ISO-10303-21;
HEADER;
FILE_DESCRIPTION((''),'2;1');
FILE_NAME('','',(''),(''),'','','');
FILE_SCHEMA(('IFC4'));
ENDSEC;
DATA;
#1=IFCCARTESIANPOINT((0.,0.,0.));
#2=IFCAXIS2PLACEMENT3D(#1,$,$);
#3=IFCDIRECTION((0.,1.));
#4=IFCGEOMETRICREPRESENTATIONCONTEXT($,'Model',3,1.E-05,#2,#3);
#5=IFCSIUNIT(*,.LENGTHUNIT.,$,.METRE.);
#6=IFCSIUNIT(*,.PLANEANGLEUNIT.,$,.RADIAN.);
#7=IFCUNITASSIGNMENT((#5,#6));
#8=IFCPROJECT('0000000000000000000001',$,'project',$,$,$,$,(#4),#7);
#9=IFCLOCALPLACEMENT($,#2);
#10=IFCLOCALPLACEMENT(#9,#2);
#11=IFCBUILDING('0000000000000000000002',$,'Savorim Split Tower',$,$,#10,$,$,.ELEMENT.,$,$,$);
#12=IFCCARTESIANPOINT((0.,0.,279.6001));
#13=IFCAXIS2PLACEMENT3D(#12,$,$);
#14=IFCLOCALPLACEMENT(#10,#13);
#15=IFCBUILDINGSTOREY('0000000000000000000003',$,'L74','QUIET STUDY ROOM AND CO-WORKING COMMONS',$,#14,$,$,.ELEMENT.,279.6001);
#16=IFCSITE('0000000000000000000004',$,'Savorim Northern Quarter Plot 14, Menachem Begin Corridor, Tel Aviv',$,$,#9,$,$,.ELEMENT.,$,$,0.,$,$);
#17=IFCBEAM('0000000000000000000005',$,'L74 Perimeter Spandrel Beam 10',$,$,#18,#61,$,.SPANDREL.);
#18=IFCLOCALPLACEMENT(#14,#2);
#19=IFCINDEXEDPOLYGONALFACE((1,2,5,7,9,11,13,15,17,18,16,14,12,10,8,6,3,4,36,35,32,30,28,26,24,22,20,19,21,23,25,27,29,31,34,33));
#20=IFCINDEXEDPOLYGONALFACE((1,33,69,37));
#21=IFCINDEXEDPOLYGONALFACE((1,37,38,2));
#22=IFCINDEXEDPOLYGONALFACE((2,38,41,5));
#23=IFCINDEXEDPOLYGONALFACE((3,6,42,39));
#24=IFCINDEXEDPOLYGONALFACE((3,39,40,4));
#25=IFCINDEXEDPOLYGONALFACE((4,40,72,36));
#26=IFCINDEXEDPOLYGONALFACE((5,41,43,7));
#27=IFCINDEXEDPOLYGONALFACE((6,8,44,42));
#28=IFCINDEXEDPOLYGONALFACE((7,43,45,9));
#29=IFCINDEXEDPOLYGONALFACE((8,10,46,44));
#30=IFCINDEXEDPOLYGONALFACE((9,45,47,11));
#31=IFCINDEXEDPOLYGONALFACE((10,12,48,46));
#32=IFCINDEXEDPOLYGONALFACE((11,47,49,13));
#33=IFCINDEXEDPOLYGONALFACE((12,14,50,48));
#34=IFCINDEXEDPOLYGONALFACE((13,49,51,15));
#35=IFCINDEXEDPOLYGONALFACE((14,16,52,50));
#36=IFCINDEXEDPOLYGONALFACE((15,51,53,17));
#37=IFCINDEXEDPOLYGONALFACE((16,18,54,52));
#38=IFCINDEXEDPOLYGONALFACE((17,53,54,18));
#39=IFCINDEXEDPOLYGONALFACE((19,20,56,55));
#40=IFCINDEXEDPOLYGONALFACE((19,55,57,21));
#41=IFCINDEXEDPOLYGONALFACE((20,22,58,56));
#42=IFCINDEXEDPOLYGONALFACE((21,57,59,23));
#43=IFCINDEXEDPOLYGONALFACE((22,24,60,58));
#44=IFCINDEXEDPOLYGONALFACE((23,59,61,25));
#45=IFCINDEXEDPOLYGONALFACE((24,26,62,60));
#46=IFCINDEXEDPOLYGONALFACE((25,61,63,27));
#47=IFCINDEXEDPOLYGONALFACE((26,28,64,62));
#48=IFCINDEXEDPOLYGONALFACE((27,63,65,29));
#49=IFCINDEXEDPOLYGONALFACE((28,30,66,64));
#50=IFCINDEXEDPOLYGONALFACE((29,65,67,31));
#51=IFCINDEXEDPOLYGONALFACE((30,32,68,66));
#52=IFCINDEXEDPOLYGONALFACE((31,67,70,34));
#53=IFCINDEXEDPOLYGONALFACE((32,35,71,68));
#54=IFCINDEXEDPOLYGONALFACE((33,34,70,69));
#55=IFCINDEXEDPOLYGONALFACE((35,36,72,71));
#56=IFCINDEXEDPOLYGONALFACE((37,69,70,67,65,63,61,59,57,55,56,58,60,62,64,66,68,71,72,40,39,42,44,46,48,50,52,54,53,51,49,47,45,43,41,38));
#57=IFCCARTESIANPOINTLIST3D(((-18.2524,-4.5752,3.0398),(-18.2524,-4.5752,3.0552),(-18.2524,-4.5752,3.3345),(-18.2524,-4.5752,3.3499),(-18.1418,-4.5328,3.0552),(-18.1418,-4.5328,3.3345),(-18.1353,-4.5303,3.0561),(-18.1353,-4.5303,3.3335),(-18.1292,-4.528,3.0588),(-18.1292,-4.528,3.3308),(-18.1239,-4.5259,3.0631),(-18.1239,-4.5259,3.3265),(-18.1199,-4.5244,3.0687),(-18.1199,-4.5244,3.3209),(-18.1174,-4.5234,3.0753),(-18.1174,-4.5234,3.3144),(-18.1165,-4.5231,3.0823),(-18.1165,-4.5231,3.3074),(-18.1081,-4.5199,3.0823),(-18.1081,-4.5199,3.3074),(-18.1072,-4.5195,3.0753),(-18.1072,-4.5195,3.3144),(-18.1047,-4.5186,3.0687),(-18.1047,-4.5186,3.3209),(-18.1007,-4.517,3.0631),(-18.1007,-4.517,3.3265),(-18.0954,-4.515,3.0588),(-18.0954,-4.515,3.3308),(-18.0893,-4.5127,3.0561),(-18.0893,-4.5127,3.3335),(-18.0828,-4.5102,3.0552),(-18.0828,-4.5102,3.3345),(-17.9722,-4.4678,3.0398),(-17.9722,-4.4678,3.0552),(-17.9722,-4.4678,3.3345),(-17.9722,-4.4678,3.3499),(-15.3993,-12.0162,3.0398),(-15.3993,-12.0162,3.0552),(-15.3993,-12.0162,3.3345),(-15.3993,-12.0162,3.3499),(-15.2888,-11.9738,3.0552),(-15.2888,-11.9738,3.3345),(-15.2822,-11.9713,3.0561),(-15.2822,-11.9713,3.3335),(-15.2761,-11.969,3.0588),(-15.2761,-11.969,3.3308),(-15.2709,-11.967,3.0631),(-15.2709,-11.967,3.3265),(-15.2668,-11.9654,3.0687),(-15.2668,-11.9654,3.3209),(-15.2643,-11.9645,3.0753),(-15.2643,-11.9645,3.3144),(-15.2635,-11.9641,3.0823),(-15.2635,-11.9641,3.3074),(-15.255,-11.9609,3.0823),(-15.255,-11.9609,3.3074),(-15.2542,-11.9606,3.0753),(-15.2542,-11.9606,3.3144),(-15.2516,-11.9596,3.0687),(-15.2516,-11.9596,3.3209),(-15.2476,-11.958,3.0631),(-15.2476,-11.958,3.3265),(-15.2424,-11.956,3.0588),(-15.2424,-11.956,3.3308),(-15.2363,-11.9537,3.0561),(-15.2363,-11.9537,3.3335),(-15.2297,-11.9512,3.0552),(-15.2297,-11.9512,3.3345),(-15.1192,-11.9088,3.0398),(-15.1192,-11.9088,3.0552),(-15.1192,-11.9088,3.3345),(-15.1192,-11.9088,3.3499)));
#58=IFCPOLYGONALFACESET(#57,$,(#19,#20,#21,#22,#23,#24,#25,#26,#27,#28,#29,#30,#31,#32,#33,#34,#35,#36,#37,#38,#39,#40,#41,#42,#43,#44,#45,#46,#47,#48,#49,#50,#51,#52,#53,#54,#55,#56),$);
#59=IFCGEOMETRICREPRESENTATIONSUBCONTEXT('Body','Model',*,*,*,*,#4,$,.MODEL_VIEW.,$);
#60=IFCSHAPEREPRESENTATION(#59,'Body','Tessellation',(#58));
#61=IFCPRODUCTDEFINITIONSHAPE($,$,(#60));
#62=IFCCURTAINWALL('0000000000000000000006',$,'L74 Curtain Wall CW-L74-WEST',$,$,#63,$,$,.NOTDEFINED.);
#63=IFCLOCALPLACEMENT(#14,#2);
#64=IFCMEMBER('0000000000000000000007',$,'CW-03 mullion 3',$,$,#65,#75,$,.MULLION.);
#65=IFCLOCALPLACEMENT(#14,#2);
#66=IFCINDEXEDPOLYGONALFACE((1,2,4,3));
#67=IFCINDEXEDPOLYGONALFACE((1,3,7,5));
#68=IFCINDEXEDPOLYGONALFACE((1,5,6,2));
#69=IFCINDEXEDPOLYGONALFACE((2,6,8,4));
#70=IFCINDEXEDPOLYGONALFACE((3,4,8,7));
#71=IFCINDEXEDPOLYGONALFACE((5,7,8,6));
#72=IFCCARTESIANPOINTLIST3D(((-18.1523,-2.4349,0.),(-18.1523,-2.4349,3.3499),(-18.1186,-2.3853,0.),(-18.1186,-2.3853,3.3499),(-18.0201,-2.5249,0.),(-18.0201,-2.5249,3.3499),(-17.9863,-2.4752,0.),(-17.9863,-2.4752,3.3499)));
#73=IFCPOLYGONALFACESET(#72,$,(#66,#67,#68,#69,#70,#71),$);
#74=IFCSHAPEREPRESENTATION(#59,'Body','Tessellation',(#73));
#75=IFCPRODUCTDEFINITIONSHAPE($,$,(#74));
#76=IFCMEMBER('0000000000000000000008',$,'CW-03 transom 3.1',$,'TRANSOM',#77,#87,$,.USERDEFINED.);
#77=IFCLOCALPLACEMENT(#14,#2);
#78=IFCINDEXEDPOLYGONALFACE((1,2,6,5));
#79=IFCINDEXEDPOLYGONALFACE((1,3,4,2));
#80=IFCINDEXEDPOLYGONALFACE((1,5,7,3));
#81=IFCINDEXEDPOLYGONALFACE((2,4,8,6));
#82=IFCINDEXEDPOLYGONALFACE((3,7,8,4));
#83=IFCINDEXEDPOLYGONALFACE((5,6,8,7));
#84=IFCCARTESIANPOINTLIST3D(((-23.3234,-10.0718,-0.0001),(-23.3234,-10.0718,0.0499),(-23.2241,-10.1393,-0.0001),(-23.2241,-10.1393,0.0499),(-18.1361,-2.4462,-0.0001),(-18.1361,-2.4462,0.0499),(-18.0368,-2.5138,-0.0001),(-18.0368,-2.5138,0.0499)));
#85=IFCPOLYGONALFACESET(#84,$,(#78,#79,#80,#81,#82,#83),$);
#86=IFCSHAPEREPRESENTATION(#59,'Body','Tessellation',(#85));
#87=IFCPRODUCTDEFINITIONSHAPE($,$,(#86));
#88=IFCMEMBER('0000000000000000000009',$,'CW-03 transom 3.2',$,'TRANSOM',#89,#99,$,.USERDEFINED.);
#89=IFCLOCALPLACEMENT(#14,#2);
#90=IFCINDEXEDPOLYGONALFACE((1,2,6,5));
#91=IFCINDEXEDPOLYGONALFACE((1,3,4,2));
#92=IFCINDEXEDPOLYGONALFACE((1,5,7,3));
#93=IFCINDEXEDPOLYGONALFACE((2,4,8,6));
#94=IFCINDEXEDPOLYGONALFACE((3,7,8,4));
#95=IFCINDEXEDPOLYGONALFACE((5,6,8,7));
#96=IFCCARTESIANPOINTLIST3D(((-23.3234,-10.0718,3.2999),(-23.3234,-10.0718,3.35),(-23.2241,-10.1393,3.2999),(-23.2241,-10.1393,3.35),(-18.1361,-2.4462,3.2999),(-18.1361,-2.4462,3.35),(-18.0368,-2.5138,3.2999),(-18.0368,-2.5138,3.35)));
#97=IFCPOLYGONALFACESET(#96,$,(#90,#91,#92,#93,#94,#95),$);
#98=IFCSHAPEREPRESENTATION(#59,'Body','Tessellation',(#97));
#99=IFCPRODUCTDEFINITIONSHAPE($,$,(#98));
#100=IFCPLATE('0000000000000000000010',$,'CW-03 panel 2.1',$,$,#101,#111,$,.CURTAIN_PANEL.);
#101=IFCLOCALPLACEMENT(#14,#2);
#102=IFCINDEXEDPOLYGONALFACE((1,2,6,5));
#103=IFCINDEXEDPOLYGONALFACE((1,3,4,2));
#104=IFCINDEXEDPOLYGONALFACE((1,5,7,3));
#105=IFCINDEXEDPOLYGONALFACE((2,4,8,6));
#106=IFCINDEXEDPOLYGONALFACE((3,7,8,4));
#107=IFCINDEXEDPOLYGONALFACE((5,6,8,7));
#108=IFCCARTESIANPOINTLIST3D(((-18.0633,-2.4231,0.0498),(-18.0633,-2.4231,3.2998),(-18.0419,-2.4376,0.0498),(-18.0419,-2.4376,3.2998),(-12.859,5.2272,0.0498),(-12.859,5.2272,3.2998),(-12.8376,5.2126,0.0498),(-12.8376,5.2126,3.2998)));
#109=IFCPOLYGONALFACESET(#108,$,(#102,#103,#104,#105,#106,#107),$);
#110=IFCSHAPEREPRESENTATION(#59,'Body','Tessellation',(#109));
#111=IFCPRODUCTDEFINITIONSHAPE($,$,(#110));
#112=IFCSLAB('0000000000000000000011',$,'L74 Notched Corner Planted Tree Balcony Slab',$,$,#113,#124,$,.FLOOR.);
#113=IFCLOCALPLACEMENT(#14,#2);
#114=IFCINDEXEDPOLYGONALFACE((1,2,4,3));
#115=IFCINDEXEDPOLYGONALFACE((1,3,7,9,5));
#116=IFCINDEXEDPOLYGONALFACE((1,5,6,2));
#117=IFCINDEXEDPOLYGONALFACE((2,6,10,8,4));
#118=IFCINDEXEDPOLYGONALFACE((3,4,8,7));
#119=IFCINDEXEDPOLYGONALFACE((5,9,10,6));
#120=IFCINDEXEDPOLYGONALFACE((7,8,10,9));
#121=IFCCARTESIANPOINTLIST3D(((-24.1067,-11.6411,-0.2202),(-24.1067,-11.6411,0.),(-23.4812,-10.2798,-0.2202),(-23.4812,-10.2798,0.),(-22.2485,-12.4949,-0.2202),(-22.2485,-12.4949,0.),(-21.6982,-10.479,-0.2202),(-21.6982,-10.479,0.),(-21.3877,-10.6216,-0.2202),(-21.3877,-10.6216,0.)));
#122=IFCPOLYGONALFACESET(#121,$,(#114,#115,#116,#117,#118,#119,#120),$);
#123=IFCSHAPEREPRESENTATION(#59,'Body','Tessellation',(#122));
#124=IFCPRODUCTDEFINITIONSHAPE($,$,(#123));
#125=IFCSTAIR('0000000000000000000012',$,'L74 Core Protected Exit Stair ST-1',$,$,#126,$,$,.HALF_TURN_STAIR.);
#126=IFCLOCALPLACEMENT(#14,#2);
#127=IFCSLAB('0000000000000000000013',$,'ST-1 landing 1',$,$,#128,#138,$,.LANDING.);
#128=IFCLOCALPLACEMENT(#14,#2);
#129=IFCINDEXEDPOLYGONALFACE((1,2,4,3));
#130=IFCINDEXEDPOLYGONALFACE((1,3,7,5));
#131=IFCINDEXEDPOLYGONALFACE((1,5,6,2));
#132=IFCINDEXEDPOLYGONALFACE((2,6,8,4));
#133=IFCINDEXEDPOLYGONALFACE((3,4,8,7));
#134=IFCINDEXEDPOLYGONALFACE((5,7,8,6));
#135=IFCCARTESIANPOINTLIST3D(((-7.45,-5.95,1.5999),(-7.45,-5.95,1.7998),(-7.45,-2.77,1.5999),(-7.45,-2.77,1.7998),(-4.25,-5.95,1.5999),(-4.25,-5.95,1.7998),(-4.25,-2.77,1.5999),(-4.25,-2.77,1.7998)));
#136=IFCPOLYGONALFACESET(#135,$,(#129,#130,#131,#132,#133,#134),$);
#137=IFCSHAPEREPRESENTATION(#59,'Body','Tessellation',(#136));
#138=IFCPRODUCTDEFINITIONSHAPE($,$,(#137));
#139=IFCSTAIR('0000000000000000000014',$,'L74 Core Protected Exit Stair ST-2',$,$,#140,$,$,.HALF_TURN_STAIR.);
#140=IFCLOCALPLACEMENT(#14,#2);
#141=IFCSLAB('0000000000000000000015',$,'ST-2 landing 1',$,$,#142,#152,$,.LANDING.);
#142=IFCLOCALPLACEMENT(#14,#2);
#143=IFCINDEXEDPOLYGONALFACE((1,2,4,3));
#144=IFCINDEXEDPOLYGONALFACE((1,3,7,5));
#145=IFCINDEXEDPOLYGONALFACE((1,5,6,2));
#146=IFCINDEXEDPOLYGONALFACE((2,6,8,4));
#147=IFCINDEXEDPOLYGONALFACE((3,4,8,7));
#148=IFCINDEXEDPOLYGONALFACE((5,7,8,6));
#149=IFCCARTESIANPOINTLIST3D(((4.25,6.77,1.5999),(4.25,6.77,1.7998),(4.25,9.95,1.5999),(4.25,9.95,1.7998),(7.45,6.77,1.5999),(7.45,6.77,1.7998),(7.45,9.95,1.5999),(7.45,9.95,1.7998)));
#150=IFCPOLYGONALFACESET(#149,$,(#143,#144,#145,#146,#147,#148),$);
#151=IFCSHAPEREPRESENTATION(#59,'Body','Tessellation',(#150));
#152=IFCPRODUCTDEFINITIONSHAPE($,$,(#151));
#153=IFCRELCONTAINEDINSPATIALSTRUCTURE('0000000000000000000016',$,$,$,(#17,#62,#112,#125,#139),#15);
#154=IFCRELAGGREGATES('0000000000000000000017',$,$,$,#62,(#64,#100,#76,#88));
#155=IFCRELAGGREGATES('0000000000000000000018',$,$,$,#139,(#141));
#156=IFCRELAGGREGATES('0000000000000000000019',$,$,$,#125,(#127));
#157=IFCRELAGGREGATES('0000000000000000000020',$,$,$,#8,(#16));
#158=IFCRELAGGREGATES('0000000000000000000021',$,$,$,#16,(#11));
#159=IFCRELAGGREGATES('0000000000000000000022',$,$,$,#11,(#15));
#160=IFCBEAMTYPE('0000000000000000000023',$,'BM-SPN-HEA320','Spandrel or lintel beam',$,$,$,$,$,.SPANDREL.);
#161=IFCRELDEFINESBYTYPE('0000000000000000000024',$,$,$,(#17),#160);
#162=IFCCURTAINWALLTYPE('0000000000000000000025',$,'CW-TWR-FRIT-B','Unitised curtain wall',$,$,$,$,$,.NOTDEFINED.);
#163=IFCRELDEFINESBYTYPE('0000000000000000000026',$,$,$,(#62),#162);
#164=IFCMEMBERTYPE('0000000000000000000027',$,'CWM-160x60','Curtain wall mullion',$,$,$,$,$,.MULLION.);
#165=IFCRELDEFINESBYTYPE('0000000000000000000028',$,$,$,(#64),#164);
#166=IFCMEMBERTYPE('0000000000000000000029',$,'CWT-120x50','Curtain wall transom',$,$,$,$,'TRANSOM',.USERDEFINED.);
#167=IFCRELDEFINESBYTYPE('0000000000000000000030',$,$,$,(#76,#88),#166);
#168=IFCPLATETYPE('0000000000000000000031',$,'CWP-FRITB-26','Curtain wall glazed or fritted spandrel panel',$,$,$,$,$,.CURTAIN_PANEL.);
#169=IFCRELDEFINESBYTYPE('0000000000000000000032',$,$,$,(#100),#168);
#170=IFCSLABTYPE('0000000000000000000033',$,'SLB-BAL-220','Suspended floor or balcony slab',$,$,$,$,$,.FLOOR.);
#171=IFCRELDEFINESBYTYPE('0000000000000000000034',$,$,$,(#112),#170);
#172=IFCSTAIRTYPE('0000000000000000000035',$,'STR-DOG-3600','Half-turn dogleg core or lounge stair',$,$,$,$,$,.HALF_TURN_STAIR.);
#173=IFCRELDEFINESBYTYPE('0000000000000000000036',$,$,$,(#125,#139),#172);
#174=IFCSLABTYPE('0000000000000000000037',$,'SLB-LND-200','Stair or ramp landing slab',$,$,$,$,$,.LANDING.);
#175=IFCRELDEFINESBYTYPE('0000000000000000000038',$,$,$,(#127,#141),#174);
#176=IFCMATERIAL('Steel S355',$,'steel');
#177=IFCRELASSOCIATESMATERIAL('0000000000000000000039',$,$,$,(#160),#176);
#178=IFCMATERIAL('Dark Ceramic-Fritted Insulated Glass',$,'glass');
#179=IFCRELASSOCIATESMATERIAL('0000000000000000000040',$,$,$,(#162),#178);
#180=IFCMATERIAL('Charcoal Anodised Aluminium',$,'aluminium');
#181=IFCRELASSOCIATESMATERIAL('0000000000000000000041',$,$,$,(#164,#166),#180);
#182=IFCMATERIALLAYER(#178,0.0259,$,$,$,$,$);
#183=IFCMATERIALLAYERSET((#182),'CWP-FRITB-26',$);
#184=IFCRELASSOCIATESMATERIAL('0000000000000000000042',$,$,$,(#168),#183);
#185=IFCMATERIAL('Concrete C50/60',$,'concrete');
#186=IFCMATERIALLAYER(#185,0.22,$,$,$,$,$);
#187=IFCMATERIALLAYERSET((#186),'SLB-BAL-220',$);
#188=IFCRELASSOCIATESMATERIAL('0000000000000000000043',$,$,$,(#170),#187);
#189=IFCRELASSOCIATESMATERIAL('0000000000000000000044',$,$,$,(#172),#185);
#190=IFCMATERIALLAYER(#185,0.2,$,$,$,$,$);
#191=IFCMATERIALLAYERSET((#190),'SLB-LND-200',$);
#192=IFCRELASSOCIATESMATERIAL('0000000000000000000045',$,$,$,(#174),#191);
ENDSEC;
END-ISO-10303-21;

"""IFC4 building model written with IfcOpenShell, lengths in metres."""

from ifc_helpers import new_model, si_unit, direction, frame, origin, origin_2d, place, context, subcontext, project, spatial, polyline, rectangle, i_section, outline, extrude, material, layer, layer_set, material_profile, profile_set, type_object, element, aggregate, save


model = new_model("IFC4")

# Units and contexts
model_context = context("Model", 3, precision=1e-05, world=origin(), true_north=direction((0.0, 1.0)))
body_context = subcontext(model_context, "Body", "Model", "MODEL_VIEW")
ifc_project = project(units=[si_unit("LENGTHUNIT", "METRE"), si_unit("PLANEANGLEUNIT", "RADIAN")], contexts=[model_context])

# Site, building, storey
site_placement = place(None, origin())
site = spatial("IfcSite", under=ifc_project, at=site_placement, Name="Savorim Northern Quarter Plot 14, Menachem Begin Corridor, Tel Aviv", CompositionType="ELEMENT", RefElevation=0.0)
building_placement = place(site_placement, origin())
building = spatial("IfcBuilding", under=site, at=building_placement, Name="Savorim Split Tower", CompositionType="ELEMENT")
storey_placement = place(building_placement, frame((0.0, 0.0, 279.6001)))
storey = spatial("IfcBuildingStorey", under=building, at=storey_placement, Name="L74", Description="QUIET STUDY ROOM AND CO-WORKING COMMONS", CompositionType="ELEMENT", Elevation=279.6001)

# Shared definitions
ifc_material_1 = material(Name="Steel S355", Category="steel")

# Beam
ifc_material_profile_1 = material_profile(ifc_material_1, i_section(OverallWidth=0.3, OverallDepth=0.3101, WebThickness=0.009, FlangeThickness=0.0154, FilletRadius=0.0271, at=origin_2d()), Name="HEA 320")
ifc_profile_set_1 = profile_set([ifc_material_profile_1], Name="Steel S355")
beam_type_1 = type_object("IfcBeamType", Name="BM-SPN-HEA320", Description="Spandrel or lintel beam", PredefinedType="SPANDREL", material=ifc_profile_set_1)
beam_1_placement = place(storey_placement, frame((-18.1123, -4.5215, 3.1948), z_axis=(0.35801, -0.933718, 0.0), x_axis=(0.933718, 0.35801, 0.0)))
element("IfcBeam", 1, at=beam_1_placement, inside=storey, type_object=beam_type_1, Name="L74 Perimeter Spandrel Beam 10", PredefinedType="SPANDREL", context=body_context, shape_type="SweptSolid", body=[
    extrude(i_section(OverallWidth=0.3, OverallDepth=0.3101, WebThickness=0.009, FlangeThickness=0.0154, FilletRadius=0.0271, at=origin_2d()), origin(), (0.0, 0.0, 1.0), 7.9692),
])

# Curtain wall, members, plate
ifc_material_2 = material(Name="Dark Ceramic-Fritted Insulated Glass", Category="glass")
curtain_wall_type = type_object("IfcCurtainWallType", Name="CW-TWR-FRIT-B", Description="Unitised curtain wall", PredefinedType="NOTDEFINED", material=ifc_material_2)
curtain_wall_placement = place(storey_placement, origin())
curtain_wall = element("IfcCurtainWall", 2, at=curtain_wall_placement, inside=storey, type_object=curtain_wall_type, Name="L74 Curtain Wall CW-L74-WEST", PredefinedType="NOTDEFINED")
ifc_material_3 = material(Name="Charcoal Anodised Aluminium", Category="aluminium")
ifc_material_profile_2 = material_profile(ifc_material_3, rectangle(XDim=0.1599, YDim=0.0601, at=origin_2d()), Name="ALU-M 160x60")
ifc_profile_set_2 = profile_set([ifc_material_profile_2], Name="Charcoal Anodised Aluminium")
member_type_1 = type_object("IfcMemberType", Name="CWM-160x60", Description="Curtain wall mullion", PredefinedType="MULLION", material=ifc_profile_set_2)
member_1_placement = place(storey_placement, frame((-18.0693, -2.4551, 0.0), z_axis=(0.0, 0.0, 1.0), x_axis=(0.826818, -0.56247, 0.0)))
member_1 = element("IfcMember", 3, at=member_1_placement, type_object=member_type_1, Name="CW-03 mullion 3", PredefinedType="MULLION", context=body_context, shape_type="SweptSolid", body=[
    extrude(rectangle(XDim=0.1599, YDim=0.0601, at=origin_2d()), origin(), (0.0, 0.0, 1.0), 3.3499),
])
ifc_material_profile_3 = material_profile(ifc_material_3, rectangle(XDim=0.1201, YDim=0.05, at=origin_2d()), Name="ALU-T 120x50")
ifc_profile_set_3 = profile_set([ifc_material_profile_3], Name="Charcoal Anodised Aluminium")
member_type_2 = type_object("IfcMemberType", Name="CWT-120x50", Description="Curtain wall transom", ElementType="TRANSOM", PredefinedType="USERDEFINED", material=ifc_profile_set_3)
member_2_placement = place(storey_placement, frame((-18.0864, -2.48, 0.0249), z_axis=(-0.562453, -0.826829, 0.0), x_axis=(0.826829, -0.562453, 0.0)))
member_2 = element("IfcMember", 4, at=member_2_placement, type_object=member_type_2, Name="CW-03 transom 3.1", ObjectType="TRANSOM", PredefinedType="USERDEFINED", context=body_context, shape_type="SweptSolid", body=[
    extrude(rectangle(XDim=0.1201, YDim=0.05, at=origin_2d()), origin(), (0.0, 0.0, 1.0), 9.2227),
])
member_3_placement = place(storey_placement, frame((-18.0864, -2.48, 3.325), z_axis=(-0.562453, -0.826829, 0.0), x_axis=(0.826829, -0.562453, 0.0)))
member_3 = element("IfcMember", 5, at=member_3_placement, type_object=member_type_2, Name="CW-03 transom 3.2", ObjectType="TRANSOM", PredefinedType="USERDEFINED", context=body_context, shape_type="SweptSolid", body=[
    extrude(rectangle(XDim=0.1201, YDim=0.05, at=origin_2d()), origin(), (0.0, 0.0, 1.0), 9.2227),
])
ifc_layer_1 = layer(ifc_material_2, 0.0259)
ifc_layer_set_1 = layer_set([ifc_layer_1], Name="CWP-FRITB-26")
plate_type = type_object("IfcPlateType", Name="CWP-FRITB-26", Description="Curtain wall glazed or fritted spandrel panel", PredefinedType="CURTAIN_PANEL", material=ifc_layer_set_1)
plate_placement = place(storey_placement, frame((-15.4504, 1.3948, 0.0498), z_axis=(0.0, 0.0, 1.0), x_axis=(-0.56247, -0.826818, 0.0)))
plate = element("IfcPlate", 6, at=plate_placement, type_object=plate_type, Name="CW-03 panel 2.1", PredefinedType="CURTAIN_PANEL", context=body_context, shape_type="SweptSolid", body=[
    extrude(rectangle(XDim=9.2527, YDim=0.0259, at=origin_2d()), origin(), (0.0, 0.0, 1.0), 3.25),
])
aggregate(curtain_wall, [member_1, plate, member_2, member_3])

# Slab
ifc_material_4 = material(Name="Concrete C50/60", Category="concrete")
ifc_layer_2 = layer(ifc_material_4, 0.22)
ifc_layer_set_2 = layer_set([ifc_layer_2], Name="SLB-BAL-220")
slab_type_1 = type_object("IfcSlabType", Name="SLB-BAL-220", Description="Suspended floor or balcony slab", PredefinedType="FLOOR", material=ifc_layer_set_2)
slab_1_placement = place(storey_placement, frame((0.0, 0.0, -0.2202)))
element("IfcSlab", 7, at=slab_1_placement, inside=storey, type_object=slab_type_1, Name="L74 Notched Corner Planted Tree Balcony Slab", PredefinedType="FLOOR", context=body_context, shape_type="SweptSolid", body=[
    extrude(outline(polyline([(-22.2485, -12.4949), (-21.3877, -10.6216), (-21.6982, -10.479), (-23.4812, -10.2798), (-24.1067, -11.6411), (-22.2485, -12.4949)])), origin(), (0.0, 0.0, 1.0), 0.2202),
])

# Stairs, slabs
stair_type = type_object("IfcStairType", Name="STR-DOG-3600", Description="Half-turn dogleg core or lounge stair", PredefinedType="HALF_TURN_STAIR", material=ifc_material_4)
stair_1_placement = place(storey_placement, origin())
stair_1 = element("IfcStair", 8, at=stair_1_placement, inside=storey, type_object=stair_type, Name="L74 Core Protected Exit Stair ST-1", PredefinedType="HALF_TURN_STAIR")
ifc_layer_3 = layer(ifc_material_4, 0.2)
ifc_layer_set_3 = layer_set([ifc_layer_3], Name="SLB-LND-200")
slab_type_2 = type_object("IfcSlabType", Name="SLB-LND-200", Description="Stair or ramp landing slab", PredefinedType="LANDING", material=ifc_layer_set_3)
slab_2_placement = place(storey_placement, frame((0.0, 0.0, 1.5999)))
slab_2 = element("IfcSlab", 9, at=slab_2_placement, type_object=slab_type_2, Name="ST-1 landing 1", PredefinedType="LANDING", context=body_context, shape_type="SweptSolid", body=[
    extrude(outline(polyline([(-7.45, -2.77), (-7.45, -5.95), (-4.25, -5.95), (-4.25, -2.77), (-7.45, -2.77)])), origin(), (0.0, 0.0, 1.0), 0.2),
])
stair_2_placement = place(storey_placement, origin())
stair_2 = element("IfcStair", 10, at=stair_2_placement, inside=storey, type_object=stair_type, Name="L74 Core Protected Exit Stair ST-2", PredefinedType="HALF_TURN_STAIR")
slab_3_placement = place(storey_placement, frame((0.0, 0.0, 1.5999)))
slab_3 = element("IfcSlab", 11, at=slab_3_placement, type_object=slab_type_2, Name="ST-2 landing 1", PredefinedType="LANDING", context=body_context, shape_type="SweptSolid", body=[
    extrude(outline(polyline([(7.45, 6.77), (7.45, 9.95), (4.25, 9.95), (4.25, 6.77), (7.45, 6.77)])), origin(), (0.0, 0.0, 1.0), 0.2),
])
aggregate(stair_2, [slab_3])

aggregate(stair_1, [slab_2])

save(model, "model.ifc")
